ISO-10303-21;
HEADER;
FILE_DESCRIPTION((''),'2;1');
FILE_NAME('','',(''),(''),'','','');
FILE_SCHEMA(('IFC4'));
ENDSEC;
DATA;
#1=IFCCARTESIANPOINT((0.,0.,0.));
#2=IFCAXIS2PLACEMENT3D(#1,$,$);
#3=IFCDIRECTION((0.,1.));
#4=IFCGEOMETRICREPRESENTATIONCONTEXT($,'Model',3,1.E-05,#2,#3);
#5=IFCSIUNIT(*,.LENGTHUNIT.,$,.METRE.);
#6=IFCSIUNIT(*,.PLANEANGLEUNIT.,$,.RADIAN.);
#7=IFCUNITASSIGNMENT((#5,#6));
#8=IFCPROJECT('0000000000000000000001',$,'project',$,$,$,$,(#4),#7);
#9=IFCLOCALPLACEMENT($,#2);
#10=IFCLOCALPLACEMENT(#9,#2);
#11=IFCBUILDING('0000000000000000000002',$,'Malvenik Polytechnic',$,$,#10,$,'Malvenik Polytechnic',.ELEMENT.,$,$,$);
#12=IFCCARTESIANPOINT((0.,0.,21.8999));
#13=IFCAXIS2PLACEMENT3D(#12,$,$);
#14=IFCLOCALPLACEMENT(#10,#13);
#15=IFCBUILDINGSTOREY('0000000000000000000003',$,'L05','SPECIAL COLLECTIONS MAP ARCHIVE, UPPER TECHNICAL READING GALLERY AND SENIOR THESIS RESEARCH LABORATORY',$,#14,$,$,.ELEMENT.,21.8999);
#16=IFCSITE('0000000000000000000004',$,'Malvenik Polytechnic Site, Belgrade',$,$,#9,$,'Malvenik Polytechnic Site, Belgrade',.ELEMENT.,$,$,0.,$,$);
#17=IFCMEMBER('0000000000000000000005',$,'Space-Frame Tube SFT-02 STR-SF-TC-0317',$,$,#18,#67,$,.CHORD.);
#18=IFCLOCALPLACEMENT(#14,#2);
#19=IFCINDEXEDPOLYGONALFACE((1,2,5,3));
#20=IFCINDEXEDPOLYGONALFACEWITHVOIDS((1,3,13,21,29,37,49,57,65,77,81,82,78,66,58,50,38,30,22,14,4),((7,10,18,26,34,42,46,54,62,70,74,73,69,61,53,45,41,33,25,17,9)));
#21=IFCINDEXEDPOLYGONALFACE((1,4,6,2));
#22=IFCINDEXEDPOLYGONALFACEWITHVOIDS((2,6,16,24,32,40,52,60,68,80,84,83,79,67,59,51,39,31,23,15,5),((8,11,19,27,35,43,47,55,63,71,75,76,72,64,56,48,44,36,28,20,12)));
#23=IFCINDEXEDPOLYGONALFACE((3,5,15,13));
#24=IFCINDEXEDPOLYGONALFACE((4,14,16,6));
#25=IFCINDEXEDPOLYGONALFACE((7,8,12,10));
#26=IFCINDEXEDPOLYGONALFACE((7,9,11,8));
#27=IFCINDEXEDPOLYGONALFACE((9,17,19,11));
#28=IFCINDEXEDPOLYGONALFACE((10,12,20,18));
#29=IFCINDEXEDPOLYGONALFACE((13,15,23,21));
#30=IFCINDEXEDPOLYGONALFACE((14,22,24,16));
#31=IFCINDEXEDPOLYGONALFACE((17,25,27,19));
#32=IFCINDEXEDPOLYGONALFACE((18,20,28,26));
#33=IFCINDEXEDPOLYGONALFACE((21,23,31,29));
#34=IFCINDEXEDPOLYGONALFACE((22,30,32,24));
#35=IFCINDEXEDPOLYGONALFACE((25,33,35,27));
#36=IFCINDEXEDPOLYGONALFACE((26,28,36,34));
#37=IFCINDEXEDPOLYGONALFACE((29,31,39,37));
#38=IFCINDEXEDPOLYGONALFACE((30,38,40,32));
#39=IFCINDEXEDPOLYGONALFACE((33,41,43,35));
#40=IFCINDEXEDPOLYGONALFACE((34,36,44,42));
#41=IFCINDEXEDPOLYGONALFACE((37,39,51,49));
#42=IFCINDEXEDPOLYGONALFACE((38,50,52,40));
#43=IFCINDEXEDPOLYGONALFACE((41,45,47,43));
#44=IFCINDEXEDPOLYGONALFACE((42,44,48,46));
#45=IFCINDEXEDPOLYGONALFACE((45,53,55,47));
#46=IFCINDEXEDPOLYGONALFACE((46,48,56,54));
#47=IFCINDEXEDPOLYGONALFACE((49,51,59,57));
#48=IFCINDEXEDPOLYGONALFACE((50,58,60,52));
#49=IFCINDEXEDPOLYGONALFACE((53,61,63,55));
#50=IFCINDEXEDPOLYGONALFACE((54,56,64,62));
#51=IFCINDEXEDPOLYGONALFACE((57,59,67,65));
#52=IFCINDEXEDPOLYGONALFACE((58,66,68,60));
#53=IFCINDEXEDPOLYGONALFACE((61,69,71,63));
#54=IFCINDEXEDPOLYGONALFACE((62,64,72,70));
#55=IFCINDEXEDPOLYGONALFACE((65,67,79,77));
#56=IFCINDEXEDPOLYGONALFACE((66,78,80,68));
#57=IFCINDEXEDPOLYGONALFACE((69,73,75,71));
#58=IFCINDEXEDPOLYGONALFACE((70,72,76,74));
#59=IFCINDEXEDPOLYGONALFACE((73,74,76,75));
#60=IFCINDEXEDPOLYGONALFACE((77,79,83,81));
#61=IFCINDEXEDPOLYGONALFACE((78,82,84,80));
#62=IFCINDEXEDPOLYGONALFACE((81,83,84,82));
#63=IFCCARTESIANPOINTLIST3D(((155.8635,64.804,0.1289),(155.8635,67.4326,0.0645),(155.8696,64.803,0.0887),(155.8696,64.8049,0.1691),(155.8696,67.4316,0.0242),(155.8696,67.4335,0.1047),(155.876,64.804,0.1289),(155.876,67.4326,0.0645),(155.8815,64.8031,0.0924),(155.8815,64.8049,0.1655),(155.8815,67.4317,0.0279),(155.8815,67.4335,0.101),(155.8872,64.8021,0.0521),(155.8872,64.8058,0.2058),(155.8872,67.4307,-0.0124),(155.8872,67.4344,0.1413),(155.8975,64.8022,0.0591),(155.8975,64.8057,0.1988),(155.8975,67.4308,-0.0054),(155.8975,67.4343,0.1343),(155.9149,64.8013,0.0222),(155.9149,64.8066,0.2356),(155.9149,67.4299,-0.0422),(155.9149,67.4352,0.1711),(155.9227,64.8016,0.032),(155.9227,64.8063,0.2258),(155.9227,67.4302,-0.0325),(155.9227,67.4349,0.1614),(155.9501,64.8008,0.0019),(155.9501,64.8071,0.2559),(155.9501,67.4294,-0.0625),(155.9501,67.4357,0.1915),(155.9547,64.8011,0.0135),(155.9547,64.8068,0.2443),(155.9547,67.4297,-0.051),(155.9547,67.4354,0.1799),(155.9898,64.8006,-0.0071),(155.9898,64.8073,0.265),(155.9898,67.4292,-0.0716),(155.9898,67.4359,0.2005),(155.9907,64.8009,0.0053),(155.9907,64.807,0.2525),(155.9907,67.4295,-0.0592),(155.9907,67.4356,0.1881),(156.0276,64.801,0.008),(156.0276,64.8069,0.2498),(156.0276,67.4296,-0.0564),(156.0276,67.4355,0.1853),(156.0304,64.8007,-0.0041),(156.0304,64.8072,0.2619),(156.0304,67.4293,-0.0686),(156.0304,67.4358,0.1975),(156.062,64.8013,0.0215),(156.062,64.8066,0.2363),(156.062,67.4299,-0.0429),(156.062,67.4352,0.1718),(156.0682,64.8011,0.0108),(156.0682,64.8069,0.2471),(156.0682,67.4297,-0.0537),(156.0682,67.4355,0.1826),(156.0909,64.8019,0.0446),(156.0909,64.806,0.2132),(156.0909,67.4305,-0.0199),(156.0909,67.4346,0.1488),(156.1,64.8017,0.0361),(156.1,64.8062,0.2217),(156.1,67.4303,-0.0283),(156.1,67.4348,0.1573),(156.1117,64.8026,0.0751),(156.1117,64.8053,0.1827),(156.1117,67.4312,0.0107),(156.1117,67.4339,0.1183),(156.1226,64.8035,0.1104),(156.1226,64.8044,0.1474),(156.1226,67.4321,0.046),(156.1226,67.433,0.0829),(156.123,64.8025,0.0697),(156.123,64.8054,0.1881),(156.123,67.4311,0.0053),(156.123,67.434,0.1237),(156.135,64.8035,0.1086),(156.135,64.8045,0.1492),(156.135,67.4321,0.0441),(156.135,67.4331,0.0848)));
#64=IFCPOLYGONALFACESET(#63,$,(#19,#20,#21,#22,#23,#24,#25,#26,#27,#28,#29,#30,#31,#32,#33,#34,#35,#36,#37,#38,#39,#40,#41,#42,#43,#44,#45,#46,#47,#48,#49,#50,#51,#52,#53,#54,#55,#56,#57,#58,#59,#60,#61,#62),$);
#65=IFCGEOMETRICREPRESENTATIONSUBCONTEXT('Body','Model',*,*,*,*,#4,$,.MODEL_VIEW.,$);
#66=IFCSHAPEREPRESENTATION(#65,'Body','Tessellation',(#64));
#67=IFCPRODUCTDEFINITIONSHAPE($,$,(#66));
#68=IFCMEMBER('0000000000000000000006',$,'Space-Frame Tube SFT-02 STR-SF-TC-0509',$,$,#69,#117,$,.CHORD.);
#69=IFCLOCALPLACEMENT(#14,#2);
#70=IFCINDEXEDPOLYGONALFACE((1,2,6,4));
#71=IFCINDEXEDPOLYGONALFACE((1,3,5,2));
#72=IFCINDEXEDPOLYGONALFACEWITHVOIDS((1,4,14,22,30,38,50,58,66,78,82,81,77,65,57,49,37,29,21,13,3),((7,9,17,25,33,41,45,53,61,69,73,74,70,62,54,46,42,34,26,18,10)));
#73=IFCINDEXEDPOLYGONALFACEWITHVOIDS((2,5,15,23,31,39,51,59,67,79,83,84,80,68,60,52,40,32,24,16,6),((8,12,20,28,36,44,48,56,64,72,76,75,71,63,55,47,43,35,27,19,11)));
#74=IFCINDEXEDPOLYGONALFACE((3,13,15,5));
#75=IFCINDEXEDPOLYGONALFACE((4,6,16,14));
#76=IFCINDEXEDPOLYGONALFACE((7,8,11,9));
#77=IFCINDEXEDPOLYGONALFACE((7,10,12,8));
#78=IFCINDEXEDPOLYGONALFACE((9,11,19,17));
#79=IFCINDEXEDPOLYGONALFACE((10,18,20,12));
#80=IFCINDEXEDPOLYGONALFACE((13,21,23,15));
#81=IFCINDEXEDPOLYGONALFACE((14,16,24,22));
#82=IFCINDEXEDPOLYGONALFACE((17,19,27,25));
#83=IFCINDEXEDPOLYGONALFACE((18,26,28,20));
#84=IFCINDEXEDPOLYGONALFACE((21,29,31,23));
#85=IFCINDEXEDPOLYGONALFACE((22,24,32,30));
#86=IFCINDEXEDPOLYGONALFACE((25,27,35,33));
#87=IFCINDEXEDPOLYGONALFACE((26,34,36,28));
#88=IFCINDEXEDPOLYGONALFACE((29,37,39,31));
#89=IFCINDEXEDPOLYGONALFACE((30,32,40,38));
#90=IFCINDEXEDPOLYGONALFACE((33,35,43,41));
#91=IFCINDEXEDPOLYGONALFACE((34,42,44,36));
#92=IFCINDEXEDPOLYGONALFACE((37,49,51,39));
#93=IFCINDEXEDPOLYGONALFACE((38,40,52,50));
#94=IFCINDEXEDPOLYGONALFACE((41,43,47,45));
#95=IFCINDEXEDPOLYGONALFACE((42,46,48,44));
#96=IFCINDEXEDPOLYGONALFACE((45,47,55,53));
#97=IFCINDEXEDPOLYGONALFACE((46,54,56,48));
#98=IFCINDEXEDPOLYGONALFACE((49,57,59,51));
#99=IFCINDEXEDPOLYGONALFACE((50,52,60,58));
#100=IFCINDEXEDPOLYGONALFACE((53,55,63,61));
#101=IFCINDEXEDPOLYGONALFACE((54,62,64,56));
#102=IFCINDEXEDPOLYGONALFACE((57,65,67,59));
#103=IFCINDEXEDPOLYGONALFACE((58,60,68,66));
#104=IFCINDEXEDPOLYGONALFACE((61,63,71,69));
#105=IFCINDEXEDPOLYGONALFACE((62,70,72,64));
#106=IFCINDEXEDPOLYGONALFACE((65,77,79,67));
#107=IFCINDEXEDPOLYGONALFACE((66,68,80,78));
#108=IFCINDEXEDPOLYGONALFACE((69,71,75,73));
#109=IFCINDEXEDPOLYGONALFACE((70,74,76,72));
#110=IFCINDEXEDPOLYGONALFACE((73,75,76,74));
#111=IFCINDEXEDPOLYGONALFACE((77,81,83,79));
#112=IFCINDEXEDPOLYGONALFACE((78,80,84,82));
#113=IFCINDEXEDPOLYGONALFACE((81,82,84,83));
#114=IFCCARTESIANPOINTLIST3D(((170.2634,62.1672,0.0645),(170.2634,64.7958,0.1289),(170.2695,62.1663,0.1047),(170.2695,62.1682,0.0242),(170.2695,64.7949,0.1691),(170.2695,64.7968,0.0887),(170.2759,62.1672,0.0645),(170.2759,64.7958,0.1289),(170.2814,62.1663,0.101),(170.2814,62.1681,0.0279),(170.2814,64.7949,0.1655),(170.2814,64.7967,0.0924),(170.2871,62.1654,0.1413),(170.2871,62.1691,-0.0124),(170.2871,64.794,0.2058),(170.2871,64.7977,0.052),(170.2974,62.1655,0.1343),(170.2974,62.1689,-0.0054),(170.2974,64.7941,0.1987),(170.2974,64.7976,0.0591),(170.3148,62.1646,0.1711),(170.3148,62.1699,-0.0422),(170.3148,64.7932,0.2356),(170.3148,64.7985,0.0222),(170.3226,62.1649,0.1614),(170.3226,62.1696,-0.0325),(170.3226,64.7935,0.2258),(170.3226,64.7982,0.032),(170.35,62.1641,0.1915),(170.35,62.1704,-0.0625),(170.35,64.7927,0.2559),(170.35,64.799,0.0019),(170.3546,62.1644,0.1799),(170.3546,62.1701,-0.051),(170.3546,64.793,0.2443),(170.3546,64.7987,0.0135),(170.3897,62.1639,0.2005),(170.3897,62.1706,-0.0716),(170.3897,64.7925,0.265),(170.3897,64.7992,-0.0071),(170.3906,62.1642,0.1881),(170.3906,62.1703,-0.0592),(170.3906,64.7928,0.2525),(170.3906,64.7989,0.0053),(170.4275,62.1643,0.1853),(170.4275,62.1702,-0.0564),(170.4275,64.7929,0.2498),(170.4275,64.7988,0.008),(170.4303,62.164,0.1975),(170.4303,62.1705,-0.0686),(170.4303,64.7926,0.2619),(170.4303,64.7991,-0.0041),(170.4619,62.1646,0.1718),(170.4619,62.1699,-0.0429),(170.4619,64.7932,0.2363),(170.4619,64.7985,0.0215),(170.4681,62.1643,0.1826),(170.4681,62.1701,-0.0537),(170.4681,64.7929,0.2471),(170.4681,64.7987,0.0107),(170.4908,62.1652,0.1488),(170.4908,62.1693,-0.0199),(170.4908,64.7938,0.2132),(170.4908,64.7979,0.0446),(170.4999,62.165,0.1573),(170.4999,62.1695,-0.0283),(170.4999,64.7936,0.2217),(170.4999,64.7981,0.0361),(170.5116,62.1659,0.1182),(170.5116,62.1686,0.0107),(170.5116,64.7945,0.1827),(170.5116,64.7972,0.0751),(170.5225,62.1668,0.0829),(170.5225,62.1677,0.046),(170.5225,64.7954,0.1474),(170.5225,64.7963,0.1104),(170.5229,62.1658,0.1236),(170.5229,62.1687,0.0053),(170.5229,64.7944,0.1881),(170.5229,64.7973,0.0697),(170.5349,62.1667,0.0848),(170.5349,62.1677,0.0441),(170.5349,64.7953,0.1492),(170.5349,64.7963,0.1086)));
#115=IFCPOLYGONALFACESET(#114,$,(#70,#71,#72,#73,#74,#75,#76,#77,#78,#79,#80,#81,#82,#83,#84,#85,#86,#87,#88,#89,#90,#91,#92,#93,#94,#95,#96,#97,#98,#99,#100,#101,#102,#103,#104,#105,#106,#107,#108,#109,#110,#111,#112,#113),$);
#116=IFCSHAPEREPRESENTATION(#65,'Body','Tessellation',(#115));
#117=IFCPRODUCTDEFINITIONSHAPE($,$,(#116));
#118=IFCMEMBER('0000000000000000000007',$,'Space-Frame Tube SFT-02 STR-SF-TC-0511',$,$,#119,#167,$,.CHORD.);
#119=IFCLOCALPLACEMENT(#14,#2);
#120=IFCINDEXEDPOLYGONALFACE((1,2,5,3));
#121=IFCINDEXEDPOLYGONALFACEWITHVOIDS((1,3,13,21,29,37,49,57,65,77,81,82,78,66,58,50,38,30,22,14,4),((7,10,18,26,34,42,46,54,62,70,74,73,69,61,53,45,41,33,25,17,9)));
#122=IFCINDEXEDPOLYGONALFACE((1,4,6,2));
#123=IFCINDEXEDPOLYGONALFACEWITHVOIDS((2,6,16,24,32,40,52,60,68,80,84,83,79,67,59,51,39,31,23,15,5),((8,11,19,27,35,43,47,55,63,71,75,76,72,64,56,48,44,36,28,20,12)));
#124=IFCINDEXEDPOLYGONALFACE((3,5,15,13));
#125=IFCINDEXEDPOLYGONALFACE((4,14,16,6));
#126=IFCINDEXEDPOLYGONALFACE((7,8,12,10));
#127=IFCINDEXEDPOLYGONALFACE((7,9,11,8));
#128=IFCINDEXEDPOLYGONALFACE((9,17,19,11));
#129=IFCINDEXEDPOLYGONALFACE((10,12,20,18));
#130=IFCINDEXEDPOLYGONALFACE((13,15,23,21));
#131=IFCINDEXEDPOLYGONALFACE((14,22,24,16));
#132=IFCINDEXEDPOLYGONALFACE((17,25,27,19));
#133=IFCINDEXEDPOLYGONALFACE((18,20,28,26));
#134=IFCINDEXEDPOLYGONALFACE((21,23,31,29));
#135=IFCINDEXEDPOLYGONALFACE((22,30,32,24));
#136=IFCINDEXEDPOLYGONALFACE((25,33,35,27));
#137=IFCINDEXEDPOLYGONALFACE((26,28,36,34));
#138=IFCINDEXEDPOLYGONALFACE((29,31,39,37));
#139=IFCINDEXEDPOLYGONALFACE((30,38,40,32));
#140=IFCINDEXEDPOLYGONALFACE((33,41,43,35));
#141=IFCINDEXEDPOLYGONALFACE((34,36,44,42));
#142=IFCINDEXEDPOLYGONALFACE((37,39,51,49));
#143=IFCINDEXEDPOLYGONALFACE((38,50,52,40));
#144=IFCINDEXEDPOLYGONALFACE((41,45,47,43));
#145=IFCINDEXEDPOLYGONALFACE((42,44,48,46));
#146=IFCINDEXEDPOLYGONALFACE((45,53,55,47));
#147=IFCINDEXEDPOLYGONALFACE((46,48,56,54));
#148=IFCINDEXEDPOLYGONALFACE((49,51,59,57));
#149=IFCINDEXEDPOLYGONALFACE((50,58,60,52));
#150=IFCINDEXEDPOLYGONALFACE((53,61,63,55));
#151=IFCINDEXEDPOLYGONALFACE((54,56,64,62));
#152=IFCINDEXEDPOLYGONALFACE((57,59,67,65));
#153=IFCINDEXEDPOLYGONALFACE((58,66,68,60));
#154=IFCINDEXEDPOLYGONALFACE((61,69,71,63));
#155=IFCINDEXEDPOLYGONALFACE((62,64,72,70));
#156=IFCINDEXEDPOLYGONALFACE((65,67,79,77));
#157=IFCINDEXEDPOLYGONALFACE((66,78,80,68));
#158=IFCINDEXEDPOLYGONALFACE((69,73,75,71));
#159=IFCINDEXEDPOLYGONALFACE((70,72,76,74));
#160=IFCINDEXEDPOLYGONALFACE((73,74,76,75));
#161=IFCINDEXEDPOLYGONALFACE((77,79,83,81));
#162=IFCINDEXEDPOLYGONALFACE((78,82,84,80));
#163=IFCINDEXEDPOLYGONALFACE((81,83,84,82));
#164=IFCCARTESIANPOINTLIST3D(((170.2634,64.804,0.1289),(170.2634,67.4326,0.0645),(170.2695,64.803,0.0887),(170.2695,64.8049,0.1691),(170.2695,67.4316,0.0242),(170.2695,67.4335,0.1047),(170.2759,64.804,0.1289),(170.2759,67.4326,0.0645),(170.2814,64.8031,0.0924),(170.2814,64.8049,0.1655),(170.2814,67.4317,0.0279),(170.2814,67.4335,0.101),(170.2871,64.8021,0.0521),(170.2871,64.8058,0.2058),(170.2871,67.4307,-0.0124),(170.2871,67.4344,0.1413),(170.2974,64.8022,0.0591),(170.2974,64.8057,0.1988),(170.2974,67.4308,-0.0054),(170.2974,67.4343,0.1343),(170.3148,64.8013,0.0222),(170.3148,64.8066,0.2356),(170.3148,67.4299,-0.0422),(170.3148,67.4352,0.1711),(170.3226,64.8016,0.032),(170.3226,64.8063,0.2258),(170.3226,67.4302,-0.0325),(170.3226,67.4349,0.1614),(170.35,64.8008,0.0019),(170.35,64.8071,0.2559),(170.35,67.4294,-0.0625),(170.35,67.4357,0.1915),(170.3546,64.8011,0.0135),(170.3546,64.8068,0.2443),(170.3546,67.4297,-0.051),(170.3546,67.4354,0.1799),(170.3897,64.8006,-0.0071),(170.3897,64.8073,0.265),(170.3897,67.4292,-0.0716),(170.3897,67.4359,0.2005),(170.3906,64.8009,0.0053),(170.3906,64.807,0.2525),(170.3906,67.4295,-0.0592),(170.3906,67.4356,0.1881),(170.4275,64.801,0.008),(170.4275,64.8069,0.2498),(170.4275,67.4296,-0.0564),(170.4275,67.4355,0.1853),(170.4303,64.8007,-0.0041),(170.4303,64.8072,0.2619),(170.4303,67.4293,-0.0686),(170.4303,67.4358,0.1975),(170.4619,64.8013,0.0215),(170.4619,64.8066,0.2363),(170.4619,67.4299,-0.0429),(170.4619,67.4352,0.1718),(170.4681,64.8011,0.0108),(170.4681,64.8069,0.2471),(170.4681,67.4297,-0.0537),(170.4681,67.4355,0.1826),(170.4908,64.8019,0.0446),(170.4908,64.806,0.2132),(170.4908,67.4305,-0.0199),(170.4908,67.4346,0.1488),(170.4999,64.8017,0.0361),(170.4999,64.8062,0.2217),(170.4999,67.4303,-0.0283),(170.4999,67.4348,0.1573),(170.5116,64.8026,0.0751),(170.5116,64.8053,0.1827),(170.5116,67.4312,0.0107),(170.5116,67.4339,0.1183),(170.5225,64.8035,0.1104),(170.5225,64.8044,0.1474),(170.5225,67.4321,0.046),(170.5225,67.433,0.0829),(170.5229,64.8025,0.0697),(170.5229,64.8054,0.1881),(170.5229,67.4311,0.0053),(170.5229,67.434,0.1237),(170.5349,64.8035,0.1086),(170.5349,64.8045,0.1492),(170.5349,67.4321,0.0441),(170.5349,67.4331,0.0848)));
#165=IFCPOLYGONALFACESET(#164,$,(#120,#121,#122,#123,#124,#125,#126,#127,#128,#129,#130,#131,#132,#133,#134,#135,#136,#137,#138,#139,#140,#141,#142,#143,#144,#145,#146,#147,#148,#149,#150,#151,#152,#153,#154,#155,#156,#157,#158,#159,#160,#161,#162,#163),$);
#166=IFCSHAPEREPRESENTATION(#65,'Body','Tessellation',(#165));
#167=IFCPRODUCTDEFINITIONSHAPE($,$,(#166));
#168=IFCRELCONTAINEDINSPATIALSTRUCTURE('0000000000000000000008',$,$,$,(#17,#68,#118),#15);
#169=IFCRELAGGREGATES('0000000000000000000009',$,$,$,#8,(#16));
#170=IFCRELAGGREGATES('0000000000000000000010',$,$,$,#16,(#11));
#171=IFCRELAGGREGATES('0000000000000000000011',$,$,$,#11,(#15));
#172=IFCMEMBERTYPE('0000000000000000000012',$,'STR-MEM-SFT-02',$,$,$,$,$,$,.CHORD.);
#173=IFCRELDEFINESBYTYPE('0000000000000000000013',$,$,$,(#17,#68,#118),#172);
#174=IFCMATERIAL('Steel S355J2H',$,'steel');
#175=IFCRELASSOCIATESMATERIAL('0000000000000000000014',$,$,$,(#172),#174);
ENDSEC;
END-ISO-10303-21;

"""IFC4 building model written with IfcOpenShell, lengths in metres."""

from ifc_helpers import new_model, si_unit, direction, frame, origin, origin_2d, place, context, subcontext, project, spatial, hollow_circle, extrude, material, material_profile, profile_set, type_object, element, save


model = new_model("IFC4")

# Units and contexts
model_context = context("Model", 3, precision=1e-05, world=origin(), true_north=direction((0.0, 1.0)))
body_context = subcontext(model_context, "Body", "Model", "MODEL_VIEW")
ifc_project = project(units=[si_unit("LENGTHUNIT", "METRE"), si_unit("PLANEANGLEUNIT", "RADIAN")], contexts=[model_context])

# Site, building, storey
site_placement = place(None, origin())
site = spatial("IfcSite", under=ifc_project, at=site_placement, Name="Malvenik Polytechnic Site, Belgrade", LongName="Malvenik Polytechnic Site, Belgrade", CompositionType="ELEMENT", RefElevation=0.0)
building_placement = place(site_placement, origin())
building = spatial("IfcBuilding", under=site, at=building_placement, Name="Malvenik Polytechnic", LongName="Malvenik Polytechnic", CompositionType="ELEMENT")
storey_placement = place(building_placement, frame((0.0, 0.0, 21.8999)))
storey = spatial("IfcBuildingStorey", under=building, at=storey_placement, Name="L05", Description="SPECIAL COLLECTIONS MAP ARCHIVE, UPPER TECHNICAL READING GALLERY AND SENIOR THESIS RESEARCH LABORATORY", CompositionType="ELEMENT", Elevation=21.8999)

# Members
ifc_material = material(Name="Steel S355J2H", Category="steel")
ifc_material_profile_1 = material_profile(ifc_material, hollow_circle(Radius=0.1365, WallThickness=0.0125, at=origin_2d()), Name="CHS 273.0x12.5")
ifc_profile_set_1 = profile_set([ifc_material_profile_1], Name="Steel S355J2H")
member_type_1 = type_object("IfcMemberType", Name="STR-MEM-SFT-02", PredefinedType="CHORD", material=ifc_profile_set_1)
for number, where, z_axis, x_axis, name in (
    (1, (156.0, 64.804, 0.1289), (0.0, 0.9997, -0.024512), (-1.0, 0.0, 0.0), "Space-Frame Tube SFT-02 STR-SF-TC-0317"),
    (2, (170.3999, 62.1672, 0.0645), (0.0, 0.9997, 0.024512), (-1.0, 0.0, 0.0), "Space-Frame Tube SFT-02 STR-SF-TC-0509"),
    (3, (170.3999, 64.804, 0.1289), (0.0, 0.9997, -0.024512), (-1.0, 0.0, 0.0), "Space-Frame Tube SFT-02 STR-SF-TC-0511"),
):
    element("IfcMember", number, at=place(storey_placement, frame(where, z_axis=z_axis, x_axis=x_axis)), inside=storey, type_object=member_type_1, Name=name, PredefinedType="CHORD", context=body_context, shape_type="SweptSolid", body=[
        extrude(hollow_circle(Radius=0.1365, WallThickness=0.0125, at=origin_2d()), origin(), (0.0, 0.0, 1.0), 2.6294),
    ])

save(model, "model.ifc")
